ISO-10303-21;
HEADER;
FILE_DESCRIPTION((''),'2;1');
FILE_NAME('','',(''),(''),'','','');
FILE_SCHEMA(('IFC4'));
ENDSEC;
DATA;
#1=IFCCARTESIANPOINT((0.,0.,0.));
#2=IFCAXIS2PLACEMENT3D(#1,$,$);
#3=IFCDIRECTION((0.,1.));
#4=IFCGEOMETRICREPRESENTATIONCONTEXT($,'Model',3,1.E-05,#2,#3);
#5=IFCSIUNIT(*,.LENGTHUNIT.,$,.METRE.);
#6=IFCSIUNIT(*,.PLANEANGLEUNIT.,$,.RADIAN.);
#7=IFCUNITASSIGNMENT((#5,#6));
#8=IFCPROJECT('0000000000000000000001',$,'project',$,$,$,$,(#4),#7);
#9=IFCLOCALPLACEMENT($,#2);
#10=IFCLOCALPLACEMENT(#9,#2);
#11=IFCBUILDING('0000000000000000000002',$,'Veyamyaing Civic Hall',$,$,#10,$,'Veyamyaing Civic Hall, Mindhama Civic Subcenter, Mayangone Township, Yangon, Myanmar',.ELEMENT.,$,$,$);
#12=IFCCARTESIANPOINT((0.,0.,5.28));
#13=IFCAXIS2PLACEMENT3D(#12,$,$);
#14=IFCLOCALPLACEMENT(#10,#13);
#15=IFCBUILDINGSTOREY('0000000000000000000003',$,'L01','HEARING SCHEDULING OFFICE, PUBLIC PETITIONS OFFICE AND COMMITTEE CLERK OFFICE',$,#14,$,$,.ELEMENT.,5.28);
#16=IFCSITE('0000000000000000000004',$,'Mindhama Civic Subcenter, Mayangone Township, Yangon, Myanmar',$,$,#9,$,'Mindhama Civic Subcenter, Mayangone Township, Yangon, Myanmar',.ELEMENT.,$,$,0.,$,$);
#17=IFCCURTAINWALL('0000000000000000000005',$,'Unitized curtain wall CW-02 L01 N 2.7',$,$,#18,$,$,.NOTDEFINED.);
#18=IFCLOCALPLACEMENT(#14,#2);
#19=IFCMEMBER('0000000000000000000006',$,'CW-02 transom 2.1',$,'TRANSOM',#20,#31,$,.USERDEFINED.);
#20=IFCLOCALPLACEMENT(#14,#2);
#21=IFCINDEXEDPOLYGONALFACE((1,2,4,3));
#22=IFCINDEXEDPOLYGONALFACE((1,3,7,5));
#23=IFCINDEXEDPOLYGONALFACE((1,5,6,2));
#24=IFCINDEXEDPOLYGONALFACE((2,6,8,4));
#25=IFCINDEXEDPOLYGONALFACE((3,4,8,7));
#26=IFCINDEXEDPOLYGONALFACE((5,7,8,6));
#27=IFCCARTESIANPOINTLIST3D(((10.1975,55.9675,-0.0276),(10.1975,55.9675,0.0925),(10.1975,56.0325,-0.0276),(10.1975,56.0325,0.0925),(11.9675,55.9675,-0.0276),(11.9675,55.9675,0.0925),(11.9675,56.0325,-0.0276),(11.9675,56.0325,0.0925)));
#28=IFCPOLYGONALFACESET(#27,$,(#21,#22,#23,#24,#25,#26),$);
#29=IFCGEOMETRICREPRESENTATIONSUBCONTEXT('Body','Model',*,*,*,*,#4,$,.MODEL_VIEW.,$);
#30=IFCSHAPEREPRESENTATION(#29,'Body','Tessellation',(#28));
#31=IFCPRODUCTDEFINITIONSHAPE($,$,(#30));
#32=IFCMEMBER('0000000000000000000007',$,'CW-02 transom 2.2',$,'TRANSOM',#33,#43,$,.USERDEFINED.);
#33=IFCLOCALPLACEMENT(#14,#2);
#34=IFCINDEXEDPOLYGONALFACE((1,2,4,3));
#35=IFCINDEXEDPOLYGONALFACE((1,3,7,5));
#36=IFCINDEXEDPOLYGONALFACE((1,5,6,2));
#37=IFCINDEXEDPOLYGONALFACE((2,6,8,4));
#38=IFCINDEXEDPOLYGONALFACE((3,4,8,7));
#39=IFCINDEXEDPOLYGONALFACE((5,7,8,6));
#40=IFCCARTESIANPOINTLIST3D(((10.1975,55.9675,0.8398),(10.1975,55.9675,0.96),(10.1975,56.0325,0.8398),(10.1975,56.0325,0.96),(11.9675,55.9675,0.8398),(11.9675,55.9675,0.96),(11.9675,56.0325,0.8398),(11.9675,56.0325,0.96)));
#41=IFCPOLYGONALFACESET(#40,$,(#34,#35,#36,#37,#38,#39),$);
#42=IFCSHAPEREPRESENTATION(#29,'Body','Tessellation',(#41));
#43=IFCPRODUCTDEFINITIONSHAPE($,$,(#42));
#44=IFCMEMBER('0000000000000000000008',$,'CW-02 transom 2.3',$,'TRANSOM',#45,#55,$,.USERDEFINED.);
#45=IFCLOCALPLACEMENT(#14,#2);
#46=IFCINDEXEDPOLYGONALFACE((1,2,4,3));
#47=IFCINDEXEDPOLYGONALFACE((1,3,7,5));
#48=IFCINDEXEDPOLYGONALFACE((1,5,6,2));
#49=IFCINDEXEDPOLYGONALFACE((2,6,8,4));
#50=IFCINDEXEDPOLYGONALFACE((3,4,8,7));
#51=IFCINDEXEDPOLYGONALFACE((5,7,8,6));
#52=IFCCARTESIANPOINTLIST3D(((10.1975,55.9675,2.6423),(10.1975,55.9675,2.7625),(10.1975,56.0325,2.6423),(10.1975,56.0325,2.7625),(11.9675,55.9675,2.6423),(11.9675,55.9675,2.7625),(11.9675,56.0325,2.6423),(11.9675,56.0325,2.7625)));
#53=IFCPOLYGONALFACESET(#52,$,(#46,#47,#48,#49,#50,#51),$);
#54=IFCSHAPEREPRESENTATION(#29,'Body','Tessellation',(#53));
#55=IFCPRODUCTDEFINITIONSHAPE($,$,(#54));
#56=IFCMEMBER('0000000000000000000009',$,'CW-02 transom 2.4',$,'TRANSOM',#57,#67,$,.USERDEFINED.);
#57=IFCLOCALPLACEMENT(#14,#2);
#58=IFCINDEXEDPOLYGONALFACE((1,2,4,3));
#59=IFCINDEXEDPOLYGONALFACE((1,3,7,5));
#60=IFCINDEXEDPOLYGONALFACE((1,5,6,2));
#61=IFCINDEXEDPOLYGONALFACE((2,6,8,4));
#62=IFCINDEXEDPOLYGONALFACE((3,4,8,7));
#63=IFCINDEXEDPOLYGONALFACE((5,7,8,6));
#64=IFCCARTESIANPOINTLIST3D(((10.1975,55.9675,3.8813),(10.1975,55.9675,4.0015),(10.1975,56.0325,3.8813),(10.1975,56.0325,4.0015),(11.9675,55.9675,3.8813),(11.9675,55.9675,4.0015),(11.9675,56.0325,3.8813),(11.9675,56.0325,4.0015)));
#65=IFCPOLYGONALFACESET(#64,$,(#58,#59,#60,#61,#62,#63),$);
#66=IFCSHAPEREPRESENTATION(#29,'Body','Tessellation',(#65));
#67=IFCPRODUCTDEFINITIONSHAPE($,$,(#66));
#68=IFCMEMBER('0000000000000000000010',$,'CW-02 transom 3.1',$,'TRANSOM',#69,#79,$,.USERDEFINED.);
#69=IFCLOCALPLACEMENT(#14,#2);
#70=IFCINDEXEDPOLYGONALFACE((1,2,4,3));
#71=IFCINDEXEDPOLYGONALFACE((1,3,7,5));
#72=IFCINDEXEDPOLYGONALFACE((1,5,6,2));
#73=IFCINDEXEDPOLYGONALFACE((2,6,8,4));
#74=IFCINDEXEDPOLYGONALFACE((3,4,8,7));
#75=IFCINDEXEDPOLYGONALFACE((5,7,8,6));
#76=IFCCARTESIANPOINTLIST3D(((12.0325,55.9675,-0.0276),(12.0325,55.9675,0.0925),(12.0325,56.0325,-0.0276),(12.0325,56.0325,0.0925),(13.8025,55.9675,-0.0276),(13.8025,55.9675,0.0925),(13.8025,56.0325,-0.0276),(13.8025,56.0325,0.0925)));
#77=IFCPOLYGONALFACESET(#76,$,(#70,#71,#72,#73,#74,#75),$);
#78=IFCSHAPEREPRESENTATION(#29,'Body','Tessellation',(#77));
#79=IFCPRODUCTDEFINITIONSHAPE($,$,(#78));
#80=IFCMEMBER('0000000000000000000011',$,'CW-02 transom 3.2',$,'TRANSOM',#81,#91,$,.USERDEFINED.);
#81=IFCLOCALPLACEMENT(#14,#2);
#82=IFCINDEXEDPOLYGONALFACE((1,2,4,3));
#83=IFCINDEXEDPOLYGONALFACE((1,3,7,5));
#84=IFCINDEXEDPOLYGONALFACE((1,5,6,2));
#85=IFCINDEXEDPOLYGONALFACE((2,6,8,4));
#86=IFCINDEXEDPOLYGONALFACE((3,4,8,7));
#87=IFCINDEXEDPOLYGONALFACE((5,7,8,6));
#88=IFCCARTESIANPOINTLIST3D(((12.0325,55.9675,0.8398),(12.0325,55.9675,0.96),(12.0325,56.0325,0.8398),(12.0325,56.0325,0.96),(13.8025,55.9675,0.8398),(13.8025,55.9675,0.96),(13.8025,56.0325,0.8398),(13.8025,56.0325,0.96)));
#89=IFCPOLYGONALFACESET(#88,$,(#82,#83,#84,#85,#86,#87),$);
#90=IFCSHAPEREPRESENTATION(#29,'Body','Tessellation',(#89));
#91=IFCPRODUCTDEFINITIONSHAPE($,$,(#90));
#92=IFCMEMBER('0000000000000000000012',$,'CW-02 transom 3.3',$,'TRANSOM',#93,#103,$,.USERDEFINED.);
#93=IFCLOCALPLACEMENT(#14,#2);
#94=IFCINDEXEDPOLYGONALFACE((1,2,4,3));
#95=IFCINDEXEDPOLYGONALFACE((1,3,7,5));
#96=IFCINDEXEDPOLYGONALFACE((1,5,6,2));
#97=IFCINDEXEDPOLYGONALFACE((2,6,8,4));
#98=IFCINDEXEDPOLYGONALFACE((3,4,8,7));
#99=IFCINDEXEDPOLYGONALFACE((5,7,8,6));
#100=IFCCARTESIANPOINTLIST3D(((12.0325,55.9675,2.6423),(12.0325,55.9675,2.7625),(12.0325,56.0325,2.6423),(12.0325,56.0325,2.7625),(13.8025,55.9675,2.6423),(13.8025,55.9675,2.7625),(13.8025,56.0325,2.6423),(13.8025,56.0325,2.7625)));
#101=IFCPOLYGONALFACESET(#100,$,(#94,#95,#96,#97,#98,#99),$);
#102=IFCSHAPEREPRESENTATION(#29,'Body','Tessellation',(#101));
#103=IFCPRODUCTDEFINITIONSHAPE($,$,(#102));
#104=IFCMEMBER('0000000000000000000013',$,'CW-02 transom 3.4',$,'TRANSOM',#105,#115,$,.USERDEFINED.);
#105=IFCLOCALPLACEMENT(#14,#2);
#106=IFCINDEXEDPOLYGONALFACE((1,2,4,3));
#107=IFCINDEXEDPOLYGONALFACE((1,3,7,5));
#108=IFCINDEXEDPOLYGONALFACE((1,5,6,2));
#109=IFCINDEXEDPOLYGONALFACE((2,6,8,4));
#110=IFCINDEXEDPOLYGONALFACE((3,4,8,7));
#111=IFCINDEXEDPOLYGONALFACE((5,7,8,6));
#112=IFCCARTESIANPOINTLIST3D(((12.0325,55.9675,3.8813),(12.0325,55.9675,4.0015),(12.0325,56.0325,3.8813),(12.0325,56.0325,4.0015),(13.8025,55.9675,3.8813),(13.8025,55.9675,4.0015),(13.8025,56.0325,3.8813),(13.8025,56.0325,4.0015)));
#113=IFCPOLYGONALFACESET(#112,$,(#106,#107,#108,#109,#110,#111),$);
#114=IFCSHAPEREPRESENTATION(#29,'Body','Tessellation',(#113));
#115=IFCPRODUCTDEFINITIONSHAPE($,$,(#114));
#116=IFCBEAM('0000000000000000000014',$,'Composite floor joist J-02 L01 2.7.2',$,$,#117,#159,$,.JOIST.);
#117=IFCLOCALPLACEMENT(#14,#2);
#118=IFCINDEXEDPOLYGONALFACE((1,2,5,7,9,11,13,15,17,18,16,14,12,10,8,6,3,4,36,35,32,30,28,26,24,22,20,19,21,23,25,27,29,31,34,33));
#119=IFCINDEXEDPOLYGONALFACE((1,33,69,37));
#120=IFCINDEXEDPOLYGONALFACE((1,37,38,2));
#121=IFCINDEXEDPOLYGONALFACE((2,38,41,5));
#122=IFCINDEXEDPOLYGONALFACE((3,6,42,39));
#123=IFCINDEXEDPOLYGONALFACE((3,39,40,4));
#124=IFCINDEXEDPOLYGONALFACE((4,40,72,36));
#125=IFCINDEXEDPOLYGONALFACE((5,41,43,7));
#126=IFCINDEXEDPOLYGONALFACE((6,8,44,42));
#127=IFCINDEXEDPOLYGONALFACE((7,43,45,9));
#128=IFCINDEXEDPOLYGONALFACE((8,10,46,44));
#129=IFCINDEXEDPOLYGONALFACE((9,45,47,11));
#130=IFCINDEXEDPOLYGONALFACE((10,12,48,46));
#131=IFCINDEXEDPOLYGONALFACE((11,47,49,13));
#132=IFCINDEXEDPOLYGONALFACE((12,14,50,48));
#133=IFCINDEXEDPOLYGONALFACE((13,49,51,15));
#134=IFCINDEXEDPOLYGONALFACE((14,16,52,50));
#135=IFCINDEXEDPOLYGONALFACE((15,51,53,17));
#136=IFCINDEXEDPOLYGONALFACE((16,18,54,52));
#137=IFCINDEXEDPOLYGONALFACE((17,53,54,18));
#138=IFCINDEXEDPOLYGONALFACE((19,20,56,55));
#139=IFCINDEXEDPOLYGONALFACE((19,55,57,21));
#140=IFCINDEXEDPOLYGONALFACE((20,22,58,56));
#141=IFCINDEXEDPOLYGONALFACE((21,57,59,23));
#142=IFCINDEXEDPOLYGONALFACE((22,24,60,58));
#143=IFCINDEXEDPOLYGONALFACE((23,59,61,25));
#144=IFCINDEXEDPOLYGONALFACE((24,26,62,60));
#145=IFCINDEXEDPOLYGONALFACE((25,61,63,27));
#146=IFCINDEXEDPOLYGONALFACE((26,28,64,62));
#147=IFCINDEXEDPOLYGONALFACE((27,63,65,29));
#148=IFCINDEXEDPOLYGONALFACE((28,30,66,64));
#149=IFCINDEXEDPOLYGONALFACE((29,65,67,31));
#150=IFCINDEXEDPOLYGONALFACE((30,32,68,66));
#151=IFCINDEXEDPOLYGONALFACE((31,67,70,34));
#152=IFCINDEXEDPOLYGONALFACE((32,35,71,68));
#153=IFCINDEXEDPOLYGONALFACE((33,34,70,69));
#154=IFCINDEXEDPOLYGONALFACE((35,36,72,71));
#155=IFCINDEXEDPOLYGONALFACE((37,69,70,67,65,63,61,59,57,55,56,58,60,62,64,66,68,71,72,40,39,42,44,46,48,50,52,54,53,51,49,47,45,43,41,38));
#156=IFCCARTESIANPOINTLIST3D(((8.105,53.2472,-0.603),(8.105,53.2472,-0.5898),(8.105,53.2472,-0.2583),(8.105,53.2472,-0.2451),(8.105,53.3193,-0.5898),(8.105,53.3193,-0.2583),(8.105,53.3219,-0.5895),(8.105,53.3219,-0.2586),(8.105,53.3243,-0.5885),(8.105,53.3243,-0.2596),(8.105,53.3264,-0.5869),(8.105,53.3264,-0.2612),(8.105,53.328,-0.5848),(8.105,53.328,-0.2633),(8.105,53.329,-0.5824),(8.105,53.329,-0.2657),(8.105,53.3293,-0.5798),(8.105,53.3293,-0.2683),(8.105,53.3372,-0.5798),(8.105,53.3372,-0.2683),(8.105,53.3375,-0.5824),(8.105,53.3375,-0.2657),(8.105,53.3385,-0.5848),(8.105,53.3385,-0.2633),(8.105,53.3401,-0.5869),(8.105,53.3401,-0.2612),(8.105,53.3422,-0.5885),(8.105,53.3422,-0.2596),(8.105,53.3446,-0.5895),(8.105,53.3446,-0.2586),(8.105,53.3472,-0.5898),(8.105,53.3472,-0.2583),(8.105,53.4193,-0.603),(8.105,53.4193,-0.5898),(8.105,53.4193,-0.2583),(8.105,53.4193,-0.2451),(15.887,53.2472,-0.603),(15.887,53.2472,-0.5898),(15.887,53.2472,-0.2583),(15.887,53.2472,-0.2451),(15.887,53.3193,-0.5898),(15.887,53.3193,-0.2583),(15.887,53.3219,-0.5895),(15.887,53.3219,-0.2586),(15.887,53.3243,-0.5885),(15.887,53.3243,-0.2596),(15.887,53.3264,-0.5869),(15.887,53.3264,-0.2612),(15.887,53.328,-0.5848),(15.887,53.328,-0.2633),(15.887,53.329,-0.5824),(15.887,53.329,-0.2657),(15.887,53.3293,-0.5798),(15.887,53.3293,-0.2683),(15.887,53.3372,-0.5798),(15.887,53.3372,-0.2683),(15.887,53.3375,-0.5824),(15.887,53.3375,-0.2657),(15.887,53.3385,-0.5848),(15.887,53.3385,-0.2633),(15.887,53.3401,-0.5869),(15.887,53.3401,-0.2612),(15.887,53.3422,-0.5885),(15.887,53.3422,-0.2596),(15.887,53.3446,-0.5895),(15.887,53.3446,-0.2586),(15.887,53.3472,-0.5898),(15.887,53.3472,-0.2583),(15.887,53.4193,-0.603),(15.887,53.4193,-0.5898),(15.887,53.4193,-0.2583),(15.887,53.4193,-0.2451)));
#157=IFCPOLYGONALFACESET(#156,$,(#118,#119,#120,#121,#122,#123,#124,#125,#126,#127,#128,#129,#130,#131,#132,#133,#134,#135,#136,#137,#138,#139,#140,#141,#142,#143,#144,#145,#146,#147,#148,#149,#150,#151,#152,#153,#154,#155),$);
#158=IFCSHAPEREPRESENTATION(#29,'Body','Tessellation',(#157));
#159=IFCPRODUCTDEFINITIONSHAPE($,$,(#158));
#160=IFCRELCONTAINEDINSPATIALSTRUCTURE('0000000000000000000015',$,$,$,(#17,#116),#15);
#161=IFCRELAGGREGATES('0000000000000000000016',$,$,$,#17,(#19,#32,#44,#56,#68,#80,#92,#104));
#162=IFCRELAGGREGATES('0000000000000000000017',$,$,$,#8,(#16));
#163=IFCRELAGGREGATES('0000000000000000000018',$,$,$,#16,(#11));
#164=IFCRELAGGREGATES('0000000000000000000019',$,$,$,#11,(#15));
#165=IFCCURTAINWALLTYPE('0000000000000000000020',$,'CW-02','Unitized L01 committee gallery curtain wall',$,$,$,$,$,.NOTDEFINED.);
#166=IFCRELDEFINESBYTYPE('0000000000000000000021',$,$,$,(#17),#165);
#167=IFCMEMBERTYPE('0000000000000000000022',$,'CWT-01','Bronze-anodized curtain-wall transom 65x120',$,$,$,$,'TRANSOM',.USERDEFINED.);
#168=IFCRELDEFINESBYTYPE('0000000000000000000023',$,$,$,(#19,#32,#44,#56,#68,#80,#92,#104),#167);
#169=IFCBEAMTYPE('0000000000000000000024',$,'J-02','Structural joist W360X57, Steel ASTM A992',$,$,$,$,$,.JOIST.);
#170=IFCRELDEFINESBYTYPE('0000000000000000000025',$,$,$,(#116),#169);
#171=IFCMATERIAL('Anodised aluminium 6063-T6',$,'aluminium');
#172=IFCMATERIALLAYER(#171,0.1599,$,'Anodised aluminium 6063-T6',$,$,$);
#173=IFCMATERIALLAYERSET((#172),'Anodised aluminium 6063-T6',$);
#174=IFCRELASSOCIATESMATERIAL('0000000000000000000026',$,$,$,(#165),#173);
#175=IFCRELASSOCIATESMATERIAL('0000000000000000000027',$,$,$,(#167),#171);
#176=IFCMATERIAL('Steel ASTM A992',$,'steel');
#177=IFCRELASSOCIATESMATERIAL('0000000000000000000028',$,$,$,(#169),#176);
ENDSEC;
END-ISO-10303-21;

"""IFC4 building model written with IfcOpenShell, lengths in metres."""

from ifc_helpers import new_model, si_unit, direction, frame, origin, origin_2d, place, context, subcontext, project, spatial, rectangle, i_section, extrude, material, layer, layer_set, material_profile, profile_set, type_object, element, aggregate, save


model = new_model("IFC4")

# Units and contexts
model_context = context("Model", 3, precision=1e-05, world=origin(), true_north=direction((0.0, 1.0)))
body_context = subcontext(model_context, "Body", "Model", "MODEL_VIEW")
ifc_project = project(units=[si_unit("LENGTHUNIT", "METRE"), si_unit("PLANEANGLEUNIT", "RADIAN")], contexts=[model_context])

# Site, building, storey
site_placement = place(None, origin())
site = spatial("IfcSite", under=ifc_project, at=site_placement, Name="Mindhama Civic Subcenter, Mayangone Township, Yangon, Myanmar", LongName="Mindhama Civic Subcenter, Mayangone Township, Yangon, Myanmar", CompositionType="ELEMENT", RefElevation=0.0)
building_placement = place(site_placement, origin())
building = spatial("IfcBuilding", under=site, at=building_placement, Name="Veyamyaing Civic Hall", LongName="Veyamyaing Civic Hall, Mindhama Civic Subcenter, Mayangone Township, Yangon, Myanmar", CompositionType="ELEMENT")
storey_placement = place(building_placement, frame((0.0, 0.0, 5.28)))
storey = spatial("IfcBuildingStorey", under=building, at=storey_placement, Name="L01", Description="HEARING SCHEDULING OFFICE, PUBLIC PETITIONS OFFICE AND COMMITTEE CLERK OFFICE", CompositionType="ELEMENT", Elevation=5.28)

# Shared definitions
ifc_material_1 = material(Name="Steel ASTM A992", Category="steel")

# Curtain wall
ifc_material_2 = material(Name="Anodised aluminium 6063-T6", Category="aluminium")
ifc_layer_1 = layer(ifc_material_2, 0.1599, Name="Anodised aluminium 6063-T6")
ifc_layer_set_1 = layer_set([ifc_layer_1], Name="Anodised aluminium 6063-T6")
curtain_wall_type = type_object("IfcCurtainWallType", Name="CW-02", Description="Unitized L01 committee gallery curtain wall", PredefinedType="NOTDEFINED", material=ifc_layer_set_1)
curtain_wall_1_placement = place(storey_placement, origin())
curtain_wall_1 = element("IfcCurtainWall", 1, at=curtain_wall_1_placement, inside=storey, type_object=curtain_wall_type, Name="Unitized curtain wall CW-02 L01 N 2.7", PredefinedType="NOTDEFINED")
ifc_material_profile_1 = material_profile(ifc_material_2, rectangle(XDim=0.0649, YDim=0.1201, at=origin_2d()), Name="ALU-TRN-65X120")
ifc_profile_set_1 = profile_set([ifc_material_profile_1], Name="Anodised aluminium 6063-T6")
member_type_1 = type_object("IfcMemberType", Name="CWT-01", Description="Bronze-anodized curtain-wall transom 65x120", ElementType="TRANSOM", PredefinedType="USERDEFINED", material=ifc_profile_set_1)

# Members
member_1_placement = place(storey_placement, frame((10.1975, 56.0, 0.0325), z_axis=(1.0, 0.0, 0.0), x_axis=(0.0, 1.0, 0.0)))
member_1 = element("IfcMember", 2, at=member_1_placement, type_object=member_type_1, Name="CW-02 transom 2.1", ObjectType="TRANSOM", PredefinedType="USERDEFINED", context=body_context, shape_type="SweptSolid", body=[
    extrude(rectangle(XDim=0.0649, YDim=0.1201, at=origin_2d()), origin(), (0.0, 0.0, 1.0), 1.77),
])
member_2_placement = place(storey_placement, frame((10.1975, 56.0, 0.8999), z_axis=(1.0, 0.0, 0.0), x_axis=(0.0, 1.0, 0.0)))
member_2 = element("IfcMember", 3, at=member_2_placement, type_object=member_type_1, Name="CW-02 transom 2.2", ObjectType="TRANSOM", PredefinedType="USERDEFINED", context=body_context, shape_type="SweptSolid", body=[
    extrude(rectangle(XDim=0.0649, YDim=0.1201, at=origin_2d()), origin(), (0.0, 0.0, 1.0), 1.77),
])
member_3_placement = place(storey_placement, frame((10.1975, 56.0, 2.7024), z_axis=(1.0, 0.0, 0.0), x_axis=(0.0, 1.0, 0.0)))
member_3 = element("IfcMember", 4, at=member_3_placement, type_object=member_type_1, Name="CW-02 transom 2.3", ObjectType="TRANSOM", PredefinedType="USERDEFINED", context=body_context, shape_type="SweptSolid", body=[
    extrude(rectangle(XDim=0.0649, YDim=0.1201, at=origin_2d()), origin(), (0.0, 0.0, 1.0), 1.77),
])
member_4_placement = place(storey_placement, frame((10.1975, 56.0, 3.9414), z_axis=(1.0, 0.0, 0.0), x_axis=(0.0, 1.0, 0.0)))
member_4 = element("IfcMember", 5, at=member_4_placement, type_object=member_type_1, Name="CW-02 transom 2.4", ObjectType="TRANSOM", PredefinedType="USERDEFINED", context=body_context, shape_type="SweptSolid", body=[
    extrude(rectangle(XDim=0.0649, YDim=0.1201, at=origin_2d()), origin(), (0.0, 0.0, 1.0), 1.77),
])
member_5_placement = place(storey_placement, frame((12.0325, 56.0, 0.0325), z_axis=(1.0, 0.0, 0.0), x_axis=(0.0, 1.0, 0.0)))
member_5 = element("IfcMember", 6, at=member_5_placement, type_object=member_type_1, Name="CW-02 transom 3.1", ObjectType="TRANSOM", PredefinedType="USERDEFINED", context=body_context, shape_type="SweptSolid", body=[
    extrude(rectangle(XDim=0.0649, YDim=0.1201, at=origin_2d()), origin(), (0.0, 0.0, 1.0), 1.77),
])
member_6_placement = place(storey_placement, frame((12.0325, 56.0, 0.8999), z_axis=(1.0, 0.0, 0.0), x_axis=(0.0, 1.0, 0.0)))
member_6 = element("IfcMember", 7, at=member_6_placement, type_object=member_type_1, Name="CW-02 transom 3.2", ObjectType="TRANSOM", PredefinedType="USERDEFINED", context=body_context, shape_type="SweptSolid", body=[
    extrude(rectangle(XDim=0.0649, YDim=0.1201, at=origin_2d()), origin(), (0.0, 0.0, 1.0), 1.77),
])
member_7_placement = place(storey_placement, frame((12.0325, 56.0, 2.7024), z_axis=(1.0, 0.0, 0.0), x_axis=(0.0, 1.0, 0.0)))
member_7 = element("IfcMember", 8, at=member_7_placement, type_object=member_type_1, Name="CW-02 transom 3.3", ObjectType="TRANSOM", PredefinedType="USERDEFINED", context=body_context, shape_type="SweptSolid", body=[
    extrude(rectangle(XDim=0.0649, YDim=0.1201, at=origin_2d()), origin(), (0.0, 0.0, 1.0), 1.77),
])
member_8_placement = place(storey_placement, frame((12.0325, 56.0, 3.9414), z_axis=(1.0, 0.0, 0.0), x_axis=(0.0, 1.0, 0.0)))
member_8 = element("IfcMember", 9, at=member_8_placement, type_object=member_type_1, Name="CW-02 transom 3.4", ObjectType="TRANSOM", PredefinedType="USERDEFINED", context=body_context, shape_type="SweptSolid", body=[
    extrude(rectangle(XDim=0.0649, YDim=0.1201, at=origin_2d()), origin(), (0.0, 0.0, 1.0), 1.77),
])

# Beam
ifc_material_profile_2 = material_profile(ifc_material_1, i_section(OverallWidth=0.1721, OverallDepth=0.3579, WebThickness=0.0078, FlangeThickness=0.0132, FilletRadius=0.01, at=origin_2d()), Name="W360X57")
ifc_profile_set_2 = profile_set([ifc_material_profile_2], Name="Steel ASTM A992")
beam_type_1 = type_object("IfcBeamType", Name="J-02", Description="Structural joist W360X57, Steel ASTM A992", PredefinedType="JOIST", material=ifc_profile_set_2)
beam_1_placement = place(storey_placement, frame((8.105, 53.3333, -0.4241), z_axis=(1.0, 0.0, 0.0), x_axis=(0.0, 1.0, 0.0)))
element("IfcBeam", 10, at=beam_1_placement, inside=storey, type_object=beam_type_1, Name="Composite floor joist J-02 L01 2.7.2", PredefinedType="JOIST", context=body_context, shape_type="SweptSolid", body=[
    extrude(i_section(OverallWidth=0.1721, OverallDepth=0.3579, WebThickness=0.0078, FlangeThickness=0.0132, FilletRadius=0.01, at=origin_2d()), origin(), (0.0, 0.0, 1.0), 7.782),
])

aggregate(curtain_wall_1, [member_1, member_2, member_3, member_4, member_5, member_6, member_7, member_8])

save(model, "model.ifc")
